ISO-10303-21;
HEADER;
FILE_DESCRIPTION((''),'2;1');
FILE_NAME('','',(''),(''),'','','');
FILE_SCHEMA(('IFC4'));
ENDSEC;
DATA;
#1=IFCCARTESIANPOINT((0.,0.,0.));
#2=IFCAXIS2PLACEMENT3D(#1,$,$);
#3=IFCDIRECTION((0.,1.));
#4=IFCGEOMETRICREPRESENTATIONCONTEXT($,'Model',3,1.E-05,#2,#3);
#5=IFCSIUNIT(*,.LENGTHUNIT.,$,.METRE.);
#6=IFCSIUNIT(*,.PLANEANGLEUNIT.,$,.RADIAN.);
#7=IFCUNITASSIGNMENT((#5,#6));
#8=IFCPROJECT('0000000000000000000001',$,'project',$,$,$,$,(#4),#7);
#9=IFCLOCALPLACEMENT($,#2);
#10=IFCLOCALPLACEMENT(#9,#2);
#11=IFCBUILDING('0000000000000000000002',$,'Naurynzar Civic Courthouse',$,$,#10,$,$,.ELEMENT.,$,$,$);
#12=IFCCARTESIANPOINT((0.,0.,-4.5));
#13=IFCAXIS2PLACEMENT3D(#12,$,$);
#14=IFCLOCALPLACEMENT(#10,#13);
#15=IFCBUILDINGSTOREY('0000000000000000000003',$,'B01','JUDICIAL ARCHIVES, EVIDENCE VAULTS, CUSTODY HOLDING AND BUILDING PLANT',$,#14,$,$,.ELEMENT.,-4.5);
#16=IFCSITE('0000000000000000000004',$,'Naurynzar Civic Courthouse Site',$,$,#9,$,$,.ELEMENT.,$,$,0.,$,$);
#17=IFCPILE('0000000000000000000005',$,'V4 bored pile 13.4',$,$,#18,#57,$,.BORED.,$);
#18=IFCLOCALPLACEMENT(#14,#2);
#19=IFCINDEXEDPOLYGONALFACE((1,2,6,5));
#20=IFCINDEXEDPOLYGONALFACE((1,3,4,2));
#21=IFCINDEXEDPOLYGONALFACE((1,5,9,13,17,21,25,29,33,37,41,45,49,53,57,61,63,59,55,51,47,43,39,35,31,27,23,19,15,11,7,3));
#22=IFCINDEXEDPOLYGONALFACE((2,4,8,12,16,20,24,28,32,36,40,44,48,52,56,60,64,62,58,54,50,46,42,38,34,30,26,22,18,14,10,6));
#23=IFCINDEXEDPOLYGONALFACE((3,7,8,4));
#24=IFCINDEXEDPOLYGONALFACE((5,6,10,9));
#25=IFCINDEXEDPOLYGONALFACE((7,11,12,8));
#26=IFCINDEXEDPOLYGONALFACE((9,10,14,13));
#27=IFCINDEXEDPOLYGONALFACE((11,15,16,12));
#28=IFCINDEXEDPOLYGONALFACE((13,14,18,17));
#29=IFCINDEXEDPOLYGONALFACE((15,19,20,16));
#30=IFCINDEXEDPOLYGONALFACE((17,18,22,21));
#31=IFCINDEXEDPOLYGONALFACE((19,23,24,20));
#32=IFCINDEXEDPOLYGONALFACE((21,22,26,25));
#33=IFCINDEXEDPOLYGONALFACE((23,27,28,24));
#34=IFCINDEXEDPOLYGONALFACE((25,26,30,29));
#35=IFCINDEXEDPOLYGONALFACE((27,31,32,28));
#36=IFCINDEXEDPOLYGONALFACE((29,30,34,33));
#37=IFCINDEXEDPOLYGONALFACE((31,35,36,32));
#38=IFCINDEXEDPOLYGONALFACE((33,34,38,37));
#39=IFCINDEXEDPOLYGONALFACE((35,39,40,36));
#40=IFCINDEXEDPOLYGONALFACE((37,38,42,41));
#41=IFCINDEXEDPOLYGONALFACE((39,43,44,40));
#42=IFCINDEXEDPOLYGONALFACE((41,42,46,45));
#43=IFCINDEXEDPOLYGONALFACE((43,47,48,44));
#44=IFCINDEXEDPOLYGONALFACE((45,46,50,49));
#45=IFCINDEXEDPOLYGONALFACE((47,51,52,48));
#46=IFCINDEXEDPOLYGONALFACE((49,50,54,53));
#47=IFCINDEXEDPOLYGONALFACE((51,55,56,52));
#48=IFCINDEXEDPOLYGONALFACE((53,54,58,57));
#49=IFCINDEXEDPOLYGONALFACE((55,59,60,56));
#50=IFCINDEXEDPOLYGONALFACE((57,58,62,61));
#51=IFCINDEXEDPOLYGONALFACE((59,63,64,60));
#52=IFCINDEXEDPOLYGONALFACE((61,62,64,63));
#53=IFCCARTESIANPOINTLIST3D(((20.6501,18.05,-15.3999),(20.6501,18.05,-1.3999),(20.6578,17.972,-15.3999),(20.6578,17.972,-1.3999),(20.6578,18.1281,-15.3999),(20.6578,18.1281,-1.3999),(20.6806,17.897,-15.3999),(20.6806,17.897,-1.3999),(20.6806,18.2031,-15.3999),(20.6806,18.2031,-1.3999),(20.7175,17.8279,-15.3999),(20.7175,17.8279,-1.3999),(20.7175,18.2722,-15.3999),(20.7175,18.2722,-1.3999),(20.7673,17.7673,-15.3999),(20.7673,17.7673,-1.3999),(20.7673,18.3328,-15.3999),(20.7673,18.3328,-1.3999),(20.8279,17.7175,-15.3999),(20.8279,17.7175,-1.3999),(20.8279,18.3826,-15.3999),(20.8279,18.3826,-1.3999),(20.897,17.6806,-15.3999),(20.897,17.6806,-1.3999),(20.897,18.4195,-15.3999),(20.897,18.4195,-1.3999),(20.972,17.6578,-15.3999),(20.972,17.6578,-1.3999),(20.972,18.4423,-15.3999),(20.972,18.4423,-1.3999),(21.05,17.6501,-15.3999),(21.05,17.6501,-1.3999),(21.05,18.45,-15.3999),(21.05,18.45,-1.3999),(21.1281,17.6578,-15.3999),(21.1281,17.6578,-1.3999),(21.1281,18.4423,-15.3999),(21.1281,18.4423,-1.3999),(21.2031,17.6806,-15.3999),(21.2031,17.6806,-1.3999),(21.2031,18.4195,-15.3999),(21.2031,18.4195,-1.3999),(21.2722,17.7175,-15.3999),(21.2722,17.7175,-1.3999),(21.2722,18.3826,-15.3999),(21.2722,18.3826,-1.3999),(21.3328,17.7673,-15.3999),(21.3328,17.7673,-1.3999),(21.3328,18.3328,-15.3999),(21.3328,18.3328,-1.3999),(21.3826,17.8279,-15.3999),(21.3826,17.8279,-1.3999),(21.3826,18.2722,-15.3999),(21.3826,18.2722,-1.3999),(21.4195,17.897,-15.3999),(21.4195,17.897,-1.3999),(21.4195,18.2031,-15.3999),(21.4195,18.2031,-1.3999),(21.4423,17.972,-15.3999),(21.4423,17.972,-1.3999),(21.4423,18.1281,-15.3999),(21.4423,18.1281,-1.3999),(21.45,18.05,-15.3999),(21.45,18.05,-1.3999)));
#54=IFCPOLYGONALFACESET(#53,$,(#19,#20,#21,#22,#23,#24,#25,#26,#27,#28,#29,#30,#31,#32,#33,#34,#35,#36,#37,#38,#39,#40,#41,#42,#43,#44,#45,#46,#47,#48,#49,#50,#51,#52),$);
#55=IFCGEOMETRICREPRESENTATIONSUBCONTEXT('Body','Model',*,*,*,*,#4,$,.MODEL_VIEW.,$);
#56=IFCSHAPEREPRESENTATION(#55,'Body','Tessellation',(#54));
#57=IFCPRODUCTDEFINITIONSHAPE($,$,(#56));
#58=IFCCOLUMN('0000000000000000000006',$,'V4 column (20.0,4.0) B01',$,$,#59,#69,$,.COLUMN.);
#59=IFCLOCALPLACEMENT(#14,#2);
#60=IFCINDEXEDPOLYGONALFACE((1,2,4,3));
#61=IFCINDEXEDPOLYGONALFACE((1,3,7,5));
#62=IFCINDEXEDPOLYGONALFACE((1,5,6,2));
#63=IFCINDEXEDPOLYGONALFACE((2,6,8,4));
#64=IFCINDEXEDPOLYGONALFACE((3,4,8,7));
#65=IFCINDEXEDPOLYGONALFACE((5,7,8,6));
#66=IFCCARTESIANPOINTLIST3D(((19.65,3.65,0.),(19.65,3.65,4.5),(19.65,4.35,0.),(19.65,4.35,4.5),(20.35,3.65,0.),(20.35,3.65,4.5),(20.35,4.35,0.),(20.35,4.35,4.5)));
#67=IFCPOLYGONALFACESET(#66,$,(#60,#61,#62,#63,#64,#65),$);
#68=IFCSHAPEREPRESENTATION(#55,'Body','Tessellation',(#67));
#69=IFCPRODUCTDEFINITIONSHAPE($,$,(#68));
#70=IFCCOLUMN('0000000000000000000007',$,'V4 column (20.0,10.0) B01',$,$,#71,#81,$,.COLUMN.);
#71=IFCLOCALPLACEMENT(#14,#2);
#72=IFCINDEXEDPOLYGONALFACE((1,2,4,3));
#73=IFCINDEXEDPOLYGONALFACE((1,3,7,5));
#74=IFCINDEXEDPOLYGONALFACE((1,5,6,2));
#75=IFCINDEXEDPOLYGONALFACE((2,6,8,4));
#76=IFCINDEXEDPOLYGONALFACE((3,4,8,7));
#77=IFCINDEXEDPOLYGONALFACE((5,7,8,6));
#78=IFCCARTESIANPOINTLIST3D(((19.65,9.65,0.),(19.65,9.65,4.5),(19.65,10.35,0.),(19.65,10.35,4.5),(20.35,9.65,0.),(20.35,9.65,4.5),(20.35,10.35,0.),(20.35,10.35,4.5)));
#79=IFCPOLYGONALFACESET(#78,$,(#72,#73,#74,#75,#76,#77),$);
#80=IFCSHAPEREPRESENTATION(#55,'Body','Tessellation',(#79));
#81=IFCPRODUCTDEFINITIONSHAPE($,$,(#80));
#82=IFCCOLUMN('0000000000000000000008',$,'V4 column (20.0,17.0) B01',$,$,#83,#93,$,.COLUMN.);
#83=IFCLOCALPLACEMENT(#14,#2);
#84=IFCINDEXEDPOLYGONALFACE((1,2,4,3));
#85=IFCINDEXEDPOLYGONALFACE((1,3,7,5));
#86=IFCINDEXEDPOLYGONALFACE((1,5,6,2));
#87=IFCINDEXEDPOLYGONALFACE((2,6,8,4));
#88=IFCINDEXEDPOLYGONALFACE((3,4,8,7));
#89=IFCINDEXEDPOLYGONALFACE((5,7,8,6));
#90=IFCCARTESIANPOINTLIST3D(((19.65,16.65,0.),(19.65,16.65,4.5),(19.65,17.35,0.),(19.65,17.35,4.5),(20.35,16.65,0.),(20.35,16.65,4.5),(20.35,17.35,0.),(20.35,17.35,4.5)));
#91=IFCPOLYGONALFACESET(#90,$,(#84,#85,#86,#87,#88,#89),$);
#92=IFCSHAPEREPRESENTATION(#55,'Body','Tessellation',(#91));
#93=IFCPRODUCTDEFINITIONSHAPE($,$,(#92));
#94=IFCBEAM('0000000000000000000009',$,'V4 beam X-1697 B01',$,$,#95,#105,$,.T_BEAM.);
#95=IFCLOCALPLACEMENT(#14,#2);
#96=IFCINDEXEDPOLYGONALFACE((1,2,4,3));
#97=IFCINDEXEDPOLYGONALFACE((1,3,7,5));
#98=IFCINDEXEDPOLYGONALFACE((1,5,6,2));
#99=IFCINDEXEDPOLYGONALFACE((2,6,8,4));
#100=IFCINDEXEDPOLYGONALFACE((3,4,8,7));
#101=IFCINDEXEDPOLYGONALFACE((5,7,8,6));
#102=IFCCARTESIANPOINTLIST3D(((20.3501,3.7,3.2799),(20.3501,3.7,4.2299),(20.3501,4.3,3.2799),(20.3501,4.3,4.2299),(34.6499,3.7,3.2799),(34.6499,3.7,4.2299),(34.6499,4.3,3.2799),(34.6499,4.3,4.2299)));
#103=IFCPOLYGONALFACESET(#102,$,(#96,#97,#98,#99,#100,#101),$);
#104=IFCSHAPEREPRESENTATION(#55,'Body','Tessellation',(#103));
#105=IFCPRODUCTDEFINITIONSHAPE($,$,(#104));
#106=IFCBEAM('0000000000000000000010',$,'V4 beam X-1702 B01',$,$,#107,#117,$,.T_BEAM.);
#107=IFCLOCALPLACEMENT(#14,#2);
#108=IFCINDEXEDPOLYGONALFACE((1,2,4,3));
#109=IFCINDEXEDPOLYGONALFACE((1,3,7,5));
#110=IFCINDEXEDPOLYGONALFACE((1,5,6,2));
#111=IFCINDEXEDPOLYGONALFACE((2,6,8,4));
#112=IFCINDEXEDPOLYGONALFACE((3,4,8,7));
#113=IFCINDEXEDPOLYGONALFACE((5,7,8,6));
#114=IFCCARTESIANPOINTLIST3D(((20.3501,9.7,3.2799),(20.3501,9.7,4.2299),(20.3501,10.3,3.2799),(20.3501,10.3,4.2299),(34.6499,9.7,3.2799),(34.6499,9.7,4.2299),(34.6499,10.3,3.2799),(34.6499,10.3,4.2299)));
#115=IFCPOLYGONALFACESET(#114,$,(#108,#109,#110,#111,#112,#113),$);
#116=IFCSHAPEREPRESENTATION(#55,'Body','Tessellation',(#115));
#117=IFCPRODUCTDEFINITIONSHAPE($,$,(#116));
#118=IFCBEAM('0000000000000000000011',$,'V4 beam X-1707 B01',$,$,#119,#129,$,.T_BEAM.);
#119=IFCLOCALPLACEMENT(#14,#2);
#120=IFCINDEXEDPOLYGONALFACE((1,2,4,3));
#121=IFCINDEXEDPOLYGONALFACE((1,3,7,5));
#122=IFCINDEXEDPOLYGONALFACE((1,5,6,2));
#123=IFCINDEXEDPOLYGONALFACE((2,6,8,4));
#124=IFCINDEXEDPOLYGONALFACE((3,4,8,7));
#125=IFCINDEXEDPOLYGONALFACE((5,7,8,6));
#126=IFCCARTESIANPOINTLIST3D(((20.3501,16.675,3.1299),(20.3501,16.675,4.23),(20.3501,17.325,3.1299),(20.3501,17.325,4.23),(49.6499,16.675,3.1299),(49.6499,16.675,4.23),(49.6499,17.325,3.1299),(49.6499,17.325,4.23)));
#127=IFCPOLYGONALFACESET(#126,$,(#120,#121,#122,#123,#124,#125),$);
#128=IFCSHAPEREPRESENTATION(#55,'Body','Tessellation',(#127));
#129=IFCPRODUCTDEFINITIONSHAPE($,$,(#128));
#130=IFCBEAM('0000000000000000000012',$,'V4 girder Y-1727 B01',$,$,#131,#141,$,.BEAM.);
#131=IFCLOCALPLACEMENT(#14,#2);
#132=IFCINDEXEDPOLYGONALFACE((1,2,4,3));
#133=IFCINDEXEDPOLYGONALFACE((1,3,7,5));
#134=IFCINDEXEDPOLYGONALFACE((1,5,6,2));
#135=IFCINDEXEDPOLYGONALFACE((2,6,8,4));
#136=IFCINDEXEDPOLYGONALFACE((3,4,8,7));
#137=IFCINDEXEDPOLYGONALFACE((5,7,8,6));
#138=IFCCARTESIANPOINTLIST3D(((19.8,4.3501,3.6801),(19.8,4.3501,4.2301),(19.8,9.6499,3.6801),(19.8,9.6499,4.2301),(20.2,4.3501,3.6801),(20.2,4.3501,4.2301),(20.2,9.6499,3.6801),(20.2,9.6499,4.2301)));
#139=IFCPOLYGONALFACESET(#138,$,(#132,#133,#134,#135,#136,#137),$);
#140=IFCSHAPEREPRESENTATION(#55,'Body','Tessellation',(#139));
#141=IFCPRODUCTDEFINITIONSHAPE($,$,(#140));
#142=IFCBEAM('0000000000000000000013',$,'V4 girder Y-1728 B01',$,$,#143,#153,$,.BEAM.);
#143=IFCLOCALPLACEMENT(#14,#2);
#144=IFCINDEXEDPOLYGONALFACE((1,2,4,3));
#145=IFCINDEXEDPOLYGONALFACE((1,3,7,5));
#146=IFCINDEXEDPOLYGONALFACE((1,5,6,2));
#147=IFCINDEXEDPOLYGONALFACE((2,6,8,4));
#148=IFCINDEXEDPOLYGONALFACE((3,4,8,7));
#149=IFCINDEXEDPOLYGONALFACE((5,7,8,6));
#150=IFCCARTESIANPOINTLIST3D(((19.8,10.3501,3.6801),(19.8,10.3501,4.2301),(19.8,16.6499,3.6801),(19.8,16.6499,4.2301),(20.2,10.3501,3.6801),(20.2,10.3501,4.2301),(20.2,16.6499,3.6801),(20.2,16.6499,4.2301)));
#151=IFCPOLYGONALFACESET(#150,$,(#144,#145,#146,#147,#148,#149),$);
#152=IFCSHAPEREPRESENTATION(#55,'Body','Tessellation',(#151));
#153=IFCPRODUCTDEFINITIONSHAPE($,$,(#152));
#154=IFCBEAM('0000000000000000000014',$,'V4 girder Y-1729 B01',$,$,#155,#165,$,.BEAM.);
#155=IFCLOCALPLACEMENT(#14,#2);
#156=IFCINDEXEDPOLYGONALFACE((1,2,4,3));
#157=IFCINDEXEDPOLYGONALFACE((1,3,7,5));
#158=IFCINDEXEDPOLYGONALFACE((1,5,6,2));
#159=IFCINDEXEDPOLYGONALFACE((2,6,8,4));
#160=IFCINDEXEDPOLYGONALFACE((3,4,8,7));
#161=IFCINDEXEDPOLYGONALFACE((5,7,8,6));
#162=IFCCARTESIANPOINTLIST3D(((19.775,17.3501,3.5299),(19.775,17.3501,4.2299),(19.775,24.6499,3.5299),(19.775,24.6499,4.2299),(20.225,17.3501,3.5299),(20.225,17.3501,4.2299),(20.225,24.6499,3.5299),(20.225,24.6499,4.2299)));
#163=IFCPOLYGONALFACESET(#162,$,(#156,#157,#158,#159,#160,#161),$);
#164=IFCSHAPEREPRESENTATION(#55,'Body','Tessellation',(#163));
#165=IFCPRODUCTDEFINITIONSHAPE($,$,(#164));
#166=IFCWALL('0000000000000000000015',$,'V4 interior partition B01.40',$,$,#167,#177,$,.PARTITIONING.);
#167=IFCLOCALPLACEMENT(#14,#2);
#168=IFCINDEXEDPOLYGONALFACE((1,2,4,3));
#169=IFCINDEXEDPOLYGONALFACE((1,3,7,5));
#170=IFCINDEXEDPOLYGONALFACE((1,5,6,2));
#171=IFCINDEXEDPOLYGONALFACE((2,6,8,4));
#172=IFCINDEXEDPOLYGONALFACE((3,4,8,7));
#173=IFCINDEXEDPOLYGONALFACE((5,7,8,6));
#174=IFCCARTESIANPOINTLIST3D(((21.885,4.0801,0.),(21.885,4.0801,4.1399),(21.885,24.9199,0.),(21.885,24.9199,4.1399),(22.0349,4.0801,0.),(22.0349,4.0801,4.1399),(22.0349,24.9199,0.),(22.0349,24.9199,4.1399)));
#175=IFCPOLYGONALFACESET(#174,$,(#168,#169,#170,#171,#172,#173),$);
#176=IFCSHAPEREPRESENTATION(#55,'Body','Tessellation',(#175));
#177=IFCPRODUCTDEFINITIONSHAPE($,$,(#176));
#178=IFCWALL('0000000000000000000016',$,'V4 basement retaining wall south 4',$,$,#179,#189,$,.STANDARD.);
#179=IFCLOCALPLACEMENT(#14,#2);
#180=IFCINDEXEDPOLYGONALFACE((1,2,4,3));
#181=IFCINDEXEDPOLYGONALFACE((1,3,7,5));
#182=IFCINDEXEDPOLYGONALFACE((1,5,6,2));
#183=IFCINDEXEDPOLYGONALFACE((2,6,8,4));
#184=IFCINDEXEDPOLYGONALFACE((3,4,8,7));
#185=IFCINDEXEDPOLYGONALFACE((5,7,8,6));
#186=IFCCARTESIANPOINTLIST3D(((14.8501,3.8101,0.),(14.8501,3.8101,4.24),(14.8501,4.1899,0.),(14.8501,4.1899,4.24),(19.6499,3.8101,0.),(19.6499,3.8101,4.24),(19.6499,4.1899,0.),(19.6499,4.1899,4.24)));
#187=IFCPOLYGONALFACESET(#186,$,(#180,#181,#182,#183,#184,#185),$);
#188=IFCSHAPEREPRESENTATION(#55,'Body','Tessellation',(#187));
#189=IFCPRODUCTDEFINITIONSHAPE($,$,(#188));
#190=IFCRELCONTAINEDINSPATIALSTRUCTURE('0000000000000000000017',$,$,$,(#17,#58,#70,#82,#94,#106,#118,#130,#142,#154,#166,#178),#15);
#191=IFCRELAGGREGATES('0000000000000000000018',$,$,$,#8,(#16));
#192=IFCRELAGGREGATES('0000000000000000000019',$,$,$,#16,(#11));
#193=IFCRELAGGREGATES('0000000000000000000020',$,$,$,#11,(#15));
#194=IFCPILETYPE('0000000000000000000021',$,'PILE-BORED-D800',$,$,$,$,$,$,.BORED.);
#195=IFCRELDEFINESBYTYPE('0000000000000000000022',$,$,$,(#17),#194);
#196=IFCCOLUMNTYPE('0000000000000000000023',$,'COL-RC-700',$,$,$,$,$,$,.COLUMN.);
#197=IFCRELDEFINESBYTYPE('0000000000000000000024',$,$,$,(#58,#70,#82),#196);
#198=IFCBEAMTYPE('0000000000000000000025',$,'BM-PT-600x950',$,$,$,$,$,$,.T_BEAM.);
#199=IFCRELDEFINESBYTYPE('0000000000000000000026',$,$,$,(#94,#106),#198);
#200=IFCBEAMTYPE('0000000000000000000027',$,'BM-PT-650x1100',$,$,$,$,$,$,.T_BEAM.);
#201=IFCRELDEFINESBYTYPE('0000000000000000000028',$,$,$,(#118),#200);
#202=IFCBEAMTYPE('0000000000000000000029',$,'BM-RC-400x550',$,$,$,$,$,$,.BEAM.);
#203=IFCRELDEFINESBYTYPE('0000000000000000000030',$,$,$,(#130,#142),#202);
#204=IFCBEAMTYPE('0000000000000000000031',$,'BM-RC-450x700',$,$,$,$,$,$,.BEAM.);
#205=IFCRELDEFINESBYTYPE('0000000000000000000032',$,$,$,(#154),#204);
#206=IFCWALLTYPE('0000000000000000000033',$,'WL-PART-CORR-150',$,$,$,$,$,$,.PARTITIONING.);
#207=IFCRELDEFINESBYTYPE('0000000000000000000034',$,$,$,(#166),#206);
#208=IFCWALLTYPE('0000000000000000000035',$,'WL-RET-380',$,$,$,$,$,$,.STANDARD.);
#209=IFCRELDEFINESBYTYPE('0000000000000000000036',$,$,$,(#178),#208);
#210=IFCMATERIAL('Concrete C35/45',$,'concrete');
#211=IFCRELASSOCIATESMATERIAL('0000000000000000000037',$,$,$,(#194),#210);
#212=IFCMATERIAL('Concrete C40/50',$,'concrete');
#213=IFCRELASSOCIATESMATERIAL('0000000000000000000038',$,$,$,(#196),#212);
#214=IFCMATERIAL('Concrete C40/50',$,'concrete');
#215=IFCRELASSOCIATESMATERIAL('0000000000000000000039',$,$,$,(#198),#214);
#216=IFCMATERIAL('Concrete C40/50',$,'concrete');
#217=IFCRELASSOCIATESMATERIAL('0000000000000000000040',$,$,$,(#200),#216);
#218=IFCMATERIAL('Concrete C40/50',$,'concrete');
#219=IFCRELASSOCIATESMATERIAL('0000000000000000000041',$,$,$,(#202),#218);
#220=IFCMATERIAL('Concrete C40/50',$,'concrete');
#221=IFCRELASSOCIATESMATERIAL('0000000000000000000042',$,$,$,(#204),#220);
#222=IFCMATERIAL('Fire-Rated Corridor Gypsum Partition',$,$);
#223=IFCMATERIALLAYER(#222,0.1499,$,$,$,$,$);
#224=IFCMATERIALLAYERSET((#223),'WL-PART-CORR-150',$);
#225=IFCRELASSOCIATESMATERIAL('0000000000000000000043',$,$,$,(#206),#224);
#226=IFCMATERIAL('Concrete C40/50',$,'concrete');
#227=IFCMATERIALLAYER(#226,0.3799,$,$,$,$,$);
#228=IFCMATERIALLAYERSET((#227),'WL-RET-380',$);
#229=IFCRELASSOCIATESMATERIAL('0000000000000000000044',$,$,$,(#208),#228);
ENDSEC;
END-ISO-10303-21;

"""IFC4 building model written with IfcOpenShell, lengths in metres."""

from ifc_helpers import new_model, si_unit, direction, frame, frame_2d, origin, origin_2d, place, context, subcontext, project, spatial, rectangle, circle, extrude, material, layer, layer_set, material_profile, profile_set, type_object, element, save


model = new_model("IFC4")

# Units and contexts
model_context = context("Model", 3, precision=1e-05, world=origin(), true_north=direction((0.0, 1.0)))
body_context = subcontext(model_context, "Body", "Model", "MODEL_VIEW")
ifc_project = project(units=[si_unit("LENGTHUNIT", "METRE"), si_unit("PLANEANGLEUNIT", "RADIAN")], contexts=[model_context])

# Site, building, storey
site_placement = place(None, origin())
site = spatial("IfcSite", under=ifc_project, at=site_placement, Name="Naurynzar Civic Courthouse Site", CompositionType="ELEMENT", RefElevation=0.0)
building_placement = place(site_placement, origin())
building = spatial("IfcBuilding", under=site, at=building_placement, Name="Naurynzar Civic Courthouse", CompositionType="ELEMENT")
storey_placement = place(building_placement, frame((0.0, 0.0, -4.5)))
storey = spatial("IfcBuildingStorey", under=building, at=storey_placement, Name="B01", Description="JUDICIAL ARCHIVES, EVIDENCE VAULTS, CUSTODY HOLDING AND BUILDING PLANT", CompositionType="ELEMENT", Elevation=-4.5)

# Pile
ifc_material_1 = material(Name="Concrete C35/45", Category="concrete")
ifc_material_profile_1 = material_profile(ifc_material_1, circle(Radius=0.3999, at=origin_2d()), Name="PILE D800")
ifc_profile_set_1 = profile_set([ifc_material_profile_1], Name="Concrete C35/45")
pile_type = type_object("IfcPileType", Name="PILE-BORED-D800", PredefinedType="BORED", material=ifc_profile_set_1)
for number, where, z_axis, x_axis, name in (
    (1, (21.05, 18.05, -1.3999), (0.0, 0.0, -1.0), (1.0, 0.0, 0.0), "V4 bored pile 13.4"),
):
    element("IfcPile", number, at=place(storey_placement, frame(where, z_axis=z_axis, x_axis=x_axis)), inside=storey, type_object=pile_type, Name=name, PredefinedType="BORED", context=body_context, shape_type="SweptSolid", body=[
        extrude(circle(Radius=0.3999, at=origin_2d()), origin(), (0.0, 0.0, 1.0), 14.0),
    ])

# Columns
ifc_material_2 = material(Name="Concrete C40/50", Category="concrete")
ifc_material_profile_2 = material_profile(ifc_material_2, rectangle(XDim=0.7, YDim=0.7, at=origin_2d()), Name="RC 700x700")
ifc_profile_set_2 = profile_set([ifc_material_profile_2], Name="Concrete C40/50")
column_type = type_object("IfcColumnType", Name="COL-RC-700", PredefinedType="COLUMN", material=ifc_profile_set_2)
for number, where, z_axis, x_axis, name in (
    (2, (20.0, 4.0, 0.0), (0.0, 0.0, 1.0), (1.0, 0.0, 0.0), "V4 column (20.0,4.0) B01"),
    (3, (20.0, 10.0, 0.0), (0.0, 0.0, 1.0), (1.0, 0.0, 0.0), "V4 column (20.0,10.0) B01"),
    (4, (20.0, 17.0, 0.0), (0.0, 0.0, 1.0), (1.0, 0.0, 0.0), "V4 column (20.0,17.0) B01"),
):
    element("IfcColumn", number, at=place(storey_placement, frame(where, z_axis=z_axis, x_axis=x_axis)), inside=storey, type_object=column_type, Name=name, PredefinedType="COLUMN", context=body_context, shape_type="SweptSolid", body=[
        extrude(rectangle(XDim=0.7, YDim=0.7, at=origin_2d()), origin(), (0.0, 0.0, 1.0), 4.5),
    ])

# Beams
ifc_material_3 = material(Name="Concrete C40/50", Category="concrete")
ifc_material_profile_3 = material_profile(ifc_material_3, rectangle(XDim=0.6001, YDim=0.95, at=origin_2d()), Name="PTB 600x950")
ifc_profile_set_3 = profile_set([ifc_material_profile_3], Name="Concrete C40/50")
beam_type_1 = type_object("IfcBeamType", Name="BM-PT-600x950", PredefinedType="T_BEAM", material=ifc_profile_set_3)
for number, where, z_axis, x_axis, name in (
    (5, (20.3501, 4.0, 3.7549), (1.0, 0.0, 0.0), (0.0, 1.0, 0.0), "V4 beam X-1697 B01"),
    (6, (20.3501, 10.0, 3.7549), (1.0, 0.0, 0.0), (0.0, 1.0, 0.0), "V4 beam X-1702 B01"),
):
    element("IfcBeam", number, at=place(storey_placement, frame(where, z_axis=z_axis, x_axis=x_axis)), inside=storey, type_object=beam_type_1, Name=name, PredefinedType="T_BEAM", context=body_context, shape_type="SweptSolid", body=[
        extrude(rectangle(XDim=0.6001, YDim=0.95, at=origin_2d()), origin(), (0.0, 0.0, 1.0), 14.2998),
    ])
ifc_material_4 = material(Name="Concrete C40/50", Category="concrete")
ifc_material_profile_4 = material_profile(ifc_material_4, rectangle(XDim=0.6499, YDim=1.1001, at=origin_2d()), Name="PTB 650x1100")
ifc_profile_set_4 = profile_set([ifc_material_profile_4], Name="Concrete C40/50")
beam_type_2 = type_object("IfcBeamType", Name="BM-PT-650x1100", PredefinedType="T_BEAM", material=ifc_profile_set_4)
beam_1_placement = place(storey_placement, frame((20.3501, 17.0, 3.6799), z_axis=(1.0, 0.0, 0.0), x_axis=(0.0, 1.0, 0.0)))
element("IfcBeam", 7, at=beam_1_placement, inside=storey, type_object=beam_type_2, Name="V4 beam X-1707 B01", PredefinedType="T_BEAM", context=body_context, shape_type="SweptSolid", body=[
    extrude(rectangle(XDim=0.6499, YDim=1.1001, at=origin_2d()), origin(), (0.0, 0.0, 1.0), 29.2998),
])
ifc_material_5 = material(Name="Concrete C40/50", Category="concrete")
ifc_material_profile_5 = material_profile(ifc_material_5, rectangle(XDim=0.3999, YDim=0.55, at=origin_2d()), Name="RCB 400x550")
ifc_profile_set_5 = profile_set([ifc_material_profile_5], Name="Concrete C40/50")
beam_type_3 = type_object("IfcBeamType", Name="BM-RC-400x550", PredefinedType="BEAM", material=ifc_profile_set_5)
beam_2_placement = place(storey_placement, frame((20.0, 4.3501, 3.9551), z_axis=(0.0, 1.0, 0.0), x_axis=(-1.0, 0.0, 0.0)))
element("IfcBeam", 8, at=beam_2_placement, inside=storey, type_object=beam_type_3, Name="V4 girder Y-1727 B01", PredefinedType="BEAM", context=body_context, shape_type="SweptSolid", body=[
    extrude(rectangle(XDim=0.3999, YDim=0.55, at=origin_2d()), origin(), (0.0, 0.0, 1.0), 5.2998),
])
beam_3_placement = place(storey_placement, frame((20.0, 10.3501, 3.9551), z_axis=(0.0, 1.0, 0.0), x_axis=(-1.0, 0.0, 0.0)))
element("IfcBeam", 9, at=beam_3_placement, inside=storey, type_object=beam_type_3, Name="V4 girder Y-1728 B01", PredefinedType="BEAM", context=body_context, shape_type="SweptSolid", body=[
    extrude(rectangle(XDim=0.3999, YDim=0.55, at=origin_2d()), origin(), (0.0, 0.0, 1.0), 6.2998),
])
ifc_material_6 = material(Name="Concrete C40/50", Category="concrete")
ifc_material_profile_6 = material_profile(ifc_material_6, rectangle(XDim=0.45, YDim=0.7, at=origin_2d()), Name="RCB 450x700")
ifc_profile_set_6 = profile_set([ifc_material_profile_6], Name="Concrete C40/50")
beam_type_4 = type_object("IfcBeamType", Name="BM-RC-450x700", PredefinedType="BEAM", material=ifc_profile_set_6)
beam_4_placement = place(storey_placement, frame((20.0, 17.3501, 3.8799), z_axis=(0.0, 1.0, 0.0), x_axis=(-1.0, 0.0, 0.0)))
element("IfcBeam", 10, at=beam_4_placement, inside=storey, type_object=beam_type_4, Name="V4 girder Y-1729 B01", PredefinedType="BEAM", context=body_context, shape_type="SweptSolid", body=[
    extrude(rectangle(XDim=0.45, YDim=0.7, at=origin_2d()), origin(), (0.0, 0.0, 1.0), 7.2998),
])

# Walls
ifc_material_7 = material(Name="Fire-Rated Corridor Gypsum Partition")
ifc_layer_1 = layer(ifc_material_7, 0.1499)
ifc_layer_set_1 = layer_set([ifc_layer_1], Name="WL-PART-CORR-150")
wall_type_1 = type_object("IfcWallType", Name="WL-PART-CORR-150", PredefinedType="PARTITIONING", material=ifc_layer_set_1)
wall_1_placement = place(storey_placement, frame((21.96, 4.0801, 0.0), z_axis=(0.0, 0.0, 1.0), x_axis=(0.0, 1.0, 0.0)))
element("IfcWall", 11, at=wall_1_placement, inside=storey, type_object=wall_type_1, Name="V4 interior partition B01.40", PredefinedType="PARTITIONING", context=body_context, shape_type="SweptSolid", body=[
    extrude(rectangle(XDim=20.8398, YDim=0.1499, at=frame_2d((10.4199, 0.0))), origin(), (0.0, 0.0, 1.0), 4.1399),
])
ifc_material_8 = material(Name="Concrete C40/50", Category="concrete")
ifc_layer_2 = layer(ifc_material_8, 0.3799)
ifc_layer_set_2 = layer_set([ifc_layer_2], Name="WL-RET-380")
wall_type_2 = type_object("IfcWallType", Name="WL-RET-380", PredefinedType="STANDARD", material=ifc_layer_set_2)
wall_2_placement = place(storey_placement, frame((19.6499, 4.0, 0.0), z_axis=(0.0, 0.0, 1.0), x_axis=(-1.0, 0.0, 0.0)))
element("IfcWall", 12, at=wall_2_placement, inside=storey, type_object=wall_type_2, Name="V4 basement retaining wall south 4", PredefinedType="STANDARD", context=body_context, shape_type="SweptSolid", body=[
    extrude(rectangle(XDim=4.7998, YDim=0.3799, at=frame_2d((2.3999, 0.0))), origin(), (0.0, 0.0, 1.0), 4.24),
])

save(model, "model.ifc")
